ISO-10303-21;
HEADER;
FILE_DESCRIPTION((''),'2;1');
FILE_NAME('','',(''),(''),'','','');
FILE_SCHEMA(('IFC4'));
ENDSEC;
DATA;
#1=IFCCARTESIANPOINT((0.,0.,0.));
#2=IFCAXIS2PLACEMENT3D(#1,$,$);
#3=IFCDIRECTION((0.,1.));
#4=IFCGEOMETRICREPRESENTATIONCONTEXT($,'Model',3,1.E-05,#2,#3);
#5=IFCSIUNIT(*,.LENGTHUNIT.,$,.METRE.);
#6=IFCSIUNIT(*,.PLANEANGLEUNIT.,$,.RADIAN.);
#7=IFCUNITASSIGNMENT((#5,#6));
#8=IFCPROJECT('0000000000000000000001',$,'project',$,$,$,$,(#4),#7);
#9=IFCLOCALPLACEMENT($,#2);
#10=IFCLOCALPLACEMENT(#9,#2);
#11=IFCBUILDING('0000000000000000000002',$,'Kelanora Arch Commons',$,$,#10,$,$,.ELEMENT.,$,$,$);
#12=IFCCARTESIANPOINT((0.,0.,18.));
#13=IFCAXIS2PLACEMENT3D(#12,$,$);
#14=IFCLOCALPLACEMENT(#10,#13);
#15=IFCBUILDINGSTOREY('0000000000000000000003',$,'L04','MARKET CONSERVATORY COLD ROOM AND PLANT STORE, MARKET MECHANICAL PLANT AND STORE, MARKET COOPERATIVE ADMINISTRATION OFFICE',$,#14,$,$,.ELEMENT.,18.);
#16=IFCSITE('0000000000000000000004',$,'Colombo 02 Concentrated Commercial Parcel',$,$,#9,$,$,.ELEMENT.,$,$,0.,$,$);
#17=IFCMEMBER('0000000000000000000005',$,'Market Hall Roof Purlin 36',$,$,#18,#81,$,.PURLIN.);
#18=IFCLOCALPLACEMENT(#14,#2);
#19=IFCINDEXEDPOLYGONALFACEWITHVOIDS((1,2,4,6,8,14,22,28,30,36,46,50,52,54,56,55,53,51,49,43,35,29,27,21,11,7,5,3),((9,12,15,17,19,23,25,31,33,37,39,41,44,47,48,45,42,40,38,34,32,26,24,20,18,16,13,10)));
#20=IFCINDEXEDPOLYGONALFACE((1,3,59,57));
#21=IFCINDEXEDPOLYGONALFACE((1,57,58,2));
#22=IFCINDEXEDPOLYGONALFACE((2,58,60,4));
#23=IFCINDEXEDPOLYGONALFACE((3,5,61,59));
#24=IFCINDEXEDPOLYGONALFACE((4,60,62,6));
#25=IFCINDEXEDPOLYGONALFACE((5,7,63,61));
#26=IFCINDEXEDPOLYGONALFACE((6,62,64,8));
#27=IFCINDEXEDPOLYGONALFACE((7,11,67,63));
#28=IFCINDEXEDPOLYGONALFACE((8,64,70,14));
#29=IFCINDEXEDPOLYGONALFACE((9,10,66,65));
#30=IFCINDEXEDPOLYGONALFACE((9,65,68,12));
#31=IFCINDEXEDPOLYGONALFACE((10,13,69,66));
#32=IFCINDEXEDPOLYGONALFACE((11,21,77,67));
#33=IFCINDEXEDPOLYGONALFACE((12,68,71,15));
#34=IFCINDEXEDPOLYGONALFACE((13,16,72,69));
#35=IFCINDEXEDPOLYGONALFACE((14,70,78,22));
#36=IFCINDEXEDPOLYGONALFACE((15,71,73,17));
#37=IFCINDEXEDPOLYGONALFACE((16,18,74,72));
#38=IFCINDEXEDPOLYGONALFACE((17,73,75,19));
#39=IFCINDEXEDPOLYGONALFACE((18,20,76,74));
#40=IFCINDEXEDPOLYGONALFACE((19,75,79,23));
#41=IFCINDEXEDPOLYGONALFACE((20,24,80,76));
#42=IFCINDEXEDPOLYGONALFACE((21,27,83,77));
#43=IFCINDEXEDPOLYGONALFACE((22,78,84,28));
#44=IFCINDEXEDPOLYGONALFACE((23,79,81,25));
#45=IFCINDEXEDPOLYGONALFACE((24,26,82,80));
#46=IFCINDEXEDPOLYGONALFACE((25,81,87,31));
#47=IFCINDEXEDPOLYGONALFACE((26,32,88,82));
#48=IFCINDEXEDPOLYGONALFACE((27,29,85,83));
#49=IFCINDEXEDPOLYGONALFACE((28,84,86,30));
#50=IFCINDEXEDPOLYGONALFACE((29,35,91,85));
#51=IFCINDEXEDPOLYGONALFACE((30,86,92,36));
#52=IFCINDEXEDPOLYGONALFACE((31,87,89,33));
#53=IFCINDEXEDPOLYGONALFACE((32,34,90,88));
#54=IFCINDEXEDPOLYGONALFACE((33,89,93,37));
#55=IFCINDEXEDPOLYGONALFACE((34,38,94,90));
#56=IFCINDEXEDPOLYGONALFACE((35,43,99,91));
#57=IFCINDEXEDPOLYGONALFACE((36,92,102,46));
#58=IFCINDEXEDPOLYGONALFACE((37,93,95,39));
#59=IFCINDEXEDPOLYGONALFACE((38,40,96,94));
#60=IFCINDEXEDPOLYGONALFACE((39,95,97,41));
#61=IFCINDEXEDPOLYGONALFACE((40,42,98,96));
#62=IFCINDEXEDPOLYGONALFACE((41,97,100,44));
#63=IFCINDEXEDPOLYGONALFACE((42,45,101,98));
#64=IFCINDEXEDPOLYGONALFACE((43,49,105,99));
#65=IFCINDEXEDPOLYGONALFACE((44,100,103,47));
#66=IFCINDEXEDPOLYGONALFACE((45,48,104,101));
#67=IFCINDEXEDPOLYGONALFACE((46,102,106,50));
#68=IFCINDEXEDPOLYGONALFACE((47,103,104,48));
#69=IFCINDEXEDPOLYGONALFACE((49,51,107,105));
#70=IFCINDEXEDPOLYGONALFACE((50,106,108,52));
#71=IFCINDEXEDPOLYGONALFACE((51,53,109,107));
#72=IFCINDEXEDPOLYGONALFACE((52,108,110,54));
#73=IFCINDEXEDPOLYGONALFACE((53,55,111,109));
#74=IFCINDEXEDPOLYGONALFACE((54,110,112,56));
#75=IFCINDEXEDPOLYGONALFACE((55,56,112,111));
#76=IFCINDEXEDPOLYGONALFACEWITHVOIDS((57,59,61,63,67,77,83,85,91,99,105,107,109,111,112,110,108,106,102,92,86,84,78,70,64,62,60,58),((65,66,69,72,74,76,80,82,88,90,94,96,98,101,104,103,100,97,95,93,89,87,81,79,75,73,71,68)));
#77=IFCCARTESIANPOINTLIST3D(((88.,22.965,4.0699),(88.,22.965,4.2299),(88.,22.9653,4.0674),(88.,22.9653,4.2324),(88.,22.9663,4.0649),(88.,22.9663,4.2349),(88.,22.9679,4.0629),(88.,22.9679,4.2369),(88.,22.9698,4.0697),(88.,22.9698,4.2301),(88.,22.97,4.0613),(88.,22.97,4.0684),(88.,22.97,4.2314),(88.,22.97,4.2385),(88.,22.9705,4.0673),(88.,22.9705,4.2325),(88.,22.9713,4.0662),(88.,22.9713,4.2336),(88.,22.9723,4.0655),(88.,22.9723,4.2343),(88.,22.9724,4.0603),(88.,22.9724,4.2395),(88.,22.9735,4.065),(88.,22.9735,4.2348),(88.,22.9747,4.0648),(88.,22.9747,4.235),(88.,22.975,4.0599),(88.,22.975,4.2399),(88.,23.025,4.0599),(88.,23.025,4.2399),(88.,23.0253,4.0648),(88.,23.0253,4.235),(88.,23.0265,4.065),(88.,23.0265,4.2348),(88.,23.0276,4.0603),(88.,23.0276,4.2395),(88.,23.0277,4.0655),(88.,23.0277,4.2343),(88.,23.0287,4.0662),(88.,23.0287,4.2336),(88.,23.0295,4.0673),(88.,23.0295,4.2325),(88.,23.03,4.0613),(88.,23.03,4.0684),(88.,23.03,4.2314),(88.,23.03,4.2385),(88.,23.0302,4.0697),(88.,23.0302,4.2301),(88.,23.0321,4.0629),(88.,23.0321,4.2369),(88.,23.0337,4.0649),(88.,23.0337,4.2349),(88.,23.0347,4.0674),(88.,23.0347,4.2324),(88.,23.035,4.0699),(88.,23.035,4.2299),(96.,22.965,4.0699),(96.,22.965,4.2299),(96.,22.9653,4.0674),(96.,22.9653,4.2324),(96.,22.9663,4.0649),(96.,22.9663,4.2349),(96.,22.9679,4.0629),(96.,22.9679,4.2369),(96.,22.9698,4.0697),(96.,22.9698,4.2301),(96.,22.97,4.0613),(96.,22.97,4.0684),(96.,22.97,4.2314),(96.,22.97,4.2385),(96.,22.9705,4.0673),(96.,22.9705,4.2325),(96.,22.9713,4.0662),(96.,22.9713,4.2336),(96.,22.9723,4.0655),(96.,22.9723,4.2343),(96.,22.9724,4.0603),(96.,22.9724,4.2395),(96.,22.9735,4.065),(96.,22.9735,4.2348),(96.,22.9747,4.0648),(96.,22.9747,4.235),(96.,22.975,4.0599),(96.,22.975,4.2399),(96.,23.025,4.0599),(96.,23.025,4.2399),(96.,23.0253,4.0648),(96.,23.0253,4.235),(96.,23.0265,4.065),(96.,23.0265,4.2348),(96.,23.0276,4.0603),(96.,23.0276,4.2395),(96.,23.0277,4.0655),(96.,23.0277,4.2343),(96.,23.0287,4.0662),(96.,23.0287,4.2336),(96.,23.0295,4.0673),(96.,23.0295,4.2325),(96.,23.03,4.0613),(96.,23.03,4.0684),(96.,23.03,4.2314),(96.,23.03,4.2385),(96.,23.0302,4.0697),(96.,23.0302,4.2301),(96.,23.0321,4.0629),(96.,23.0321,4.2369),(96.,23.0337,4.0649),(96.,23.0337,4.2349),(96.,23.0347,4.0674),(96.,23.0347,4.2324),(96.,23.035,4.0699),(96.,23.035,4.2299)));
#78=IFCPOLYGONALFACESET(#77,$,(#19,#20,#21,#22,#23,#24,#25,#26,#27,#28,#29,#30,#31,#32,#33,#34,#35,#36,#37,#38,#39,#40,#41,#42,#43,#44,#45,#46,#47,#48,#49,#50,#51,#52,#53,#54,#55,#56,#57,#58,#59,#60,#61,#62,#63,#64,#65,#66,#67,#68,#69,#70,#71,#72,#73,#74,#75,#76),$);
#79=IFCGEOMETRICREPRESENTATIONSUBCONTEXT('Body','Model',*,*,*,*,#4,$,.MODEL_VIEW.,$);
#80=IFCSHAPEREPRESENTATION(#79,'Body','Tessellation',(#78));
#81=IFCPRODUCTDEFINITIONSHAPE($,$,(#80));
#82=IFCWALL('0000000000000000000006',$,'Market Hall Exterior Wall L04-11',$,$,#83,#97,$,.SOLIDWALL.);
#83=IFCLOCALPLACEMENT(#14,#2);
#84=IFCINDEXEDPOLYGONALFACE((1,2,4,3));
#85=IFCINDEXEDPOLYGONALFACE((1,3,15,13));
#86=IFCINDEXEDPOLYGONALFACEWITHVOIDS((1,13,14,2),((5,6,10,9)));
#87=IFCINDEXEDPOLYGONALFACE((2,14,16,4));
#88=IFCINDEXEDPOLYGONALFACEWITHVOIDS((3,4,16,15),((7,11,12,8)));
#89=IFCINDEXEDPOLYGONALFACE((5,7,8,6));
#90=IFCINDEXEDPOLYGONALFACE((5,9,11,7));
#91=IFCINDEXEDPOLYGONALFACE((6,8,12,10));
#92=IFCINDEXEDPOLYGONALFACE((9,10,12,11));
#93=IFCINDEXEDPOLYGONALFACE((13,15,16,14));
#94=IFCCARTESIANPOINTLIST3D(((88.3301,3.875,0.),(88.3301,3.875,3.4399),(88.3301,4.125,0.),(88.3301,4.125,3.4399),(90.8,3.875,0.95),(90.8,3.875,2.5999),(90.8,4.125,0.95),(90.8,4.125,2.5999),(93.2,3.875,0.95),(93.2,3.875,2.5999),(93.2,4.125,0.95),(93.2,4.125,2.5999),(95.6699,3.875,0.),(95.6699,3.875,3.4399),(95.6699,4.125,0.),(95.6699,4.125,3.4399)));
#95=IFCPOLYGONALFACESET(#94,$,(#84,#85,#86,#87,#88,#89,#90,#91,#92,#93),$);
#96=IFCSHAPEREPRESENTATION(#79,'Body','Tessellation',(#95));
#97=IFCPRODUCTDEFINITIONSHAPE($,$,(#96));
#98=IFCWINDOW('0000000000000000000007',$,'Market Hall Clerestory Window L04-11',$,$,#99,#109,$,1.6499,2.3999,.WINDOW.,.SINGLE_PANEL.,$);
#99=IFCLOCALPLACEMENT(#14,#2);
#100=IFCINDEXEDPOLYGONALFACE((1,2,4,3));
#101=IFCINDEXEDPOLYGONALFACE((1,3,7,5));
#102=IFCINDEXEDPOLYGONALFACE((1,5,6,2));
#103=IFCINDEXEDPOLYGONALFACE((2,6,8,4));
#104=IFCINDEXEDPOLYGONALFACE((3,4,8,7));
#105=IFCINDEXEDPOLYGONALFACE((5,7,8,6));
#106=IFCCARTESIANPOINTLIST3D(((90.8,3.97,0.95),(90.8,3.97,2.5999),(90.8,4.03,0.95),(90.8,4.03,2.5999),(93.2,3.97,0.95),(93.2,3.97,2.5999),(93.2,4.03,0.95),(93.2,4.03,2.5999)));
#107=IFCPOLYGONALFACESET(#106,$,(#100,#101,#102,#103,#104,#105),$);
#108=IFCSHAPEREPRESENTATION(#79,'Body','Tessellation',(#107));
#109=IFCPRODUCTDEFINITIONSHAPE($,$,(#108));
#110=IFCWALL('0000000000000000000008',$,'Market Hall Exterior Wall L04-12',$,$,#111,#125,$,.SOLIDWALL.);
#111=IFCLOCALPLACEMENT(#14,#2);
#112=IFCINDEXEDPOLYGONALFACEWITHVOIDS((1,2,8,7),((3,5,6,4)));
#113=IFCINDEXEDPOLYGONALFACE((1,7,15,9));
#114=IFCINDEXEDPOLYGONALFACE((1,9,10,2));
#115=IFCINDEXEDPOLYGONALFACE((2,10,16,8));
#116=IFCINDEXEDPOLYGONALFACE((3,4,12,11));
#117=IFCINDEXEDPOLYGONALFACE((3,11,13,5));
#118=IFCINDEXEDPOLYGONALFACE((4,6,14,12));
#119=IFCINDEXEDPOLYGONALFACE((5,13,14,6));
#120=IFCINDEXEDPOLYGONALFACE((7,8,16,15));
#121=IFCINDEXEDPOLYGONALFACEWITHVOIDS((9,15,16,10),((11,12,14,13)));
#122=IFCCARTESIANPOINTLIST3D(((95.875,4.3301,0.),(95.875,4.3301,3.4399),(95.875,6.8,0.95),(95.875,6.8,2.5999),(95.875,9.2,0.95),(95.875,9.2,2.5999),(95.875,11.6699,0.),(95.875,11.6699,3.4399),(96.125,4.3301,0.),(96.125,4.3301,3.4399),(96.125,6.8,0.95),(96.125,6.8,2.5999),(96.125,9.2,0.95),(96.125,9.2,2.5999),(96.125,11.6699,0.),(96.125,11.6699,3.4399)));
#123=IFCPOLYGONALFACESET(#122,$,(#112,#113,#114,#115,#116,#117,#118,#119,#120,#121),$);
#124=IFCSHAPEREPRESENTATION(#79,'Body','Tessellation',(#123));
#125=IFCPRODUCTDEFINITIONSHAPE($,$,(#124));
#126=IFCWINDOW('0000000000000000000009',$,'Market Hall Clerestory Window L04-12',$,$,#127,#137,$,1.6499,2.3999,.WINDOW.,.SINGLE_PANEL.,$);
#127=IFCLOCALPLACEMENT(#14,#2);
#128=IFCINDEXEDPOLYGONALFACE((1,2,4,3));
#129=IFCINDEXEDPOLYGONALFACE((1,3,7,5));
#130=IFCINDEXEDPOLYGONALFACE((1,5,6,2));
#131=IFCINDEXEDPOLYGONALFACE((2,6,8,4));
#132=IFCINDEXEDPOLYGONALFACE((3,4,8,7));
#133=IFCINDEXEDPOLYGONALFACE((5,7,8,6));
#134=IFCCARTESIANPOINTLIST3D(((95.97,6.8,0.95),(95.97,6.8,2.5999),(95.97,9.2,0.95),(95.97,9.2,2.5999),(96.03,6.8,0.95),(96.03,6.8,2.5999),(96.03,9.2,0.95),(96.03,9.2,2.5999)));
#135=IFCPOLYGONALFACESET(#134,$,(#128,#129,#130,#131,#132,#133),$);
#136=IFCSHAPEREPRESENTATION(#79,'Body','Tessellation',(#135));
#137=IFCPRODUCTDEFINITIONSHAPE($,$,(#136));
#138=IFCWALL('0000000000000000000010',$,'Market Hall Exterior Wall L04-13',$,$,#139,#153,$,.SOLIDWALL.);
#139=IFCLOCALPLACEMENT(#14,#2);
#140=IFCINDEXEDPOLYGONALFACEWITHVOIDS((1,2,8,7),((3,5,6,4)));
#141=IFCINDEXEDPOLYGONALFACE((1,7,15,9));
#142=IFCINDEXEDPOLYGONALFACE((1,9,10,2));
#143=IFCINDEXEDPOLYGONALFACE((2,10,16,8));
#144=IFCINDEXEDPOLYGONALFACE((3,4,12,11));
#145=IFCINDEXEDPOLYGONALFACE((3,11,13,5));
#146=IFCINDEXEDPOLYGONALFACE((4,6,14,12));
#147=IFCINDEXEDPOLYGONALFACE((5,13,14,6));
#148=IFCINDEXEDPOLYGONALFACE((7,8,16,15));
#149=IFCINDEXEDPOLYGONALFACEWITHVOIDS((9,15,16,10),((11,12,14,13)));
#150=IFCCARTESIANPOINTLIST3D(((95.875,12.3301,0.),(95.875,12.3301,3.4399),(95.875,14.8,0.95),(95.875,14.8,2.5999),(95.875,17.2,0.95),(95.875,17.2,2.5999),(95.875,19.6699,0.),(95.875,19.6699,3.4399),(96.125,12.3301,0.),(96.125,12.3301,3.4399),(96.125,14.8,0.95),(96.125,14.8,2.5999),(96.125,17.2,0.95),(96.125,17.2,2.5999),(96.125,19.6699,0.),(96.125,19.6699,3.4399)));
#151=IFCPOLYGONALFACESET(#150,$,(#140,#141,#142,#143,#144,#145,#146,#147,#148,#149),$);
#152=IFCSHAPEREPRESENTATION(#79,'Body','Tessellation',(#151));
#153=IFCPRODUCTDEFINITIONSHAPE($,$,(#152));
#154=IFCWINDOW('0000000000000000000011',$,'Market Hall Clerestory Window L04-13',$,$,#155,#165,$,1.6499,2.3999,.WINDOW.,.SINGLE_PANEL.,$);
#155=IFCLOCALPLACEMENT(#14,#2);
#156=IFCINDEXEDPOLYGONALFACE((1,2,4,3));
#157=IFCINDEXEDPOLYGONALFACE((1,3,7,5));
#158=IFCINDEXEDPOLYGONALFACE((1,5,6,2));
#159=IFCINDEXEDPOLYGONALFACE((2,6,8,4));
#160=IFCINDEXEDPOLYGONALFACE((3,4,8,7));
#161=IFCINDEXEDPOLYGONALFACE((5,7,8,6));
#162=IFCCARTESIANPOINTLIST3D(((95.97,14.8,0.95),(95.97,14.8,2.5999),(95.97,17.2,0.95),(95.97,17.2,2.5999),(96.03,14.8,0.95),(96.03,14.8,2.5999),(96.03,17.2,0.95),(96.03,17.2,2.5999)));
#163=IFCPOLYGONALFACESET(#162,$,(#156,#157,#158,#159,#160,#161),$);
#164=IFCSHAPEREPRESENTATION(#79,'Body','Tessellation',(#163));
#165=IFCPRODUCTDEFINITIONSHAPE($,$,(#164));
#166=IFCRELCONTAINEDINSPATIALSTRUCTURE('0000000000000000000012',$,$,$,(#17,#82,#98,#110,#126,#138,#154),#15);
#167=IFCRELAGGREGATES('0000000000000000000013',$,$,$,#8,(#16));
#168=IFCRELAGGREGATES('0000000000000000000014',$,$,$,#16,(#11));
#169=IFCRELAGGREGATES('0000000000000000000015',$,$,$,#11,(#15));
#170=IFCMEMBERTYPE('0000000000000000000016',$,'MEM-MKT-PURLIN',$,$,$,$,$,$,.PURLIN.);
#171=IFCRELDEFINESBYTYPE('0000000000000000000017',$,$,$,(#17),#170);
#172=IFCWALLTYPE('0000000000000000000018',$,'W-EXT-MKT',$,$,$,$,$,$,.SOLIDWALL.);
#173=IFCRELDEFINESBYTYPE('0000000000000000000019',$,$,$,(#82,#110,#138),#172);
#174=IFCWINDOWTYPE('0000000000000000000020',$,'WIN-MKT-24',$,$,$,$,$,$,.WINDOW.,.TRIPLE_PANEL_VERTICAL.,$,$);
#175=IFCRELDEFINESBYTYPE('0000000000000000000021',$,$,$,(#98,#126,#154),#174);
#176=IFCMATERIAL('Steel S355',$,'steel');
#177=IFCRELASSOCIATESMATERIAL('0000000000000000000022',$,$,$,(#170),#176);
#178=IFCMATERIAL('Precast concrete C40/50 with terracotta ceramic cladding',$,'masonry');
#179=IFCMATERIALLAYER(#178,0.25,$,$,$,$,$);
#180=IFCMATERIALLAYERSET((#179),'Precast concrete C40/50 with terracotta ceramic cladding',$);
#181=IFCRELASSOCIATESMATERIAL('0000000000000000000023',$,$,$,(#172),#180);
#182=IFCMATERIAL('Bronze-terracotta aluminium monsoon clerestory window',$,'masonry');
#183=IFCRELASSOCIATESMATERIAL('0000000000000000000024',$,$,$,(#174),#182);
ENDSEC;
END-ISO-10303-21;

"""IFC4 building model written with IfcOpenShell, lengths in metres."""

from ifc_helpers import new_model, si_unit, direction, frame, frame_2d, origin, origin_2d, place, context, subcontext, project, spatial, rectangle, hollow_rectangle, extrude, material, layer, layer_set, material_profile, profile_set, type_object, element, fill, save


model = new_model("IFC4")

# Units and contexts
model_context = context("Model", 3, precision=1e-05, world=origin(), true_north=direction((0.0, 1.0)))
body_context = subcontext(model_context, "Body", "Model", "MODEL_VIEW")
ifc_project = project(units=[si_unit("LENGTHUNIT", "METRE"), si_unit("PLANEANGLEUNIT", "RADIAN")], contexts=[model_context])

# Site, building, storey
site_placement = place(None, origin())
site = spatial("IfcSite", under=ifc_project, at=site_placement, Name="Colombo 02 Concentrated Commercial Parcel", CompositionType="ELEMENT", RefElevation=0.0)
building_placement = place(site_placement, origin())
building = spatial("IfcBuilding", under=site, at=building_placement, Name="Kelanora Arch Commons", CompositionType="ELEMENT")
storey_placement = place(building_placement, frame((0.0, 0.0, 18.0)))
storey = spatial("IfcBuildingStorey", under=building, at=storey_placement, Name="L04", Description="MARKET CONSERVATORY COLD ROOM AND PLANT STORE, MARKET MECHANICAL PLANT AND STORE, MARKET COOPERATIVE ADMINISTRATION OFFICE", CompositionType="ELEMENT", Elevation=18.0)

# Shared definitions
ifc_material_1 = material(Name="Steel S355", Category="steel")

# Member
ifc_material_profile_1 = material_profile(ifc_material_1, hollow_rectangle(XDim=0.0701, YDim=0.1799, WallThickness=0.0049, InnerFilletRadius=0.0049, OuterFilletRadius=0.01, at=origin_2d()), Name="RHS180x70x5")
ifc_profile_set_1 = profile_set([ifc_material_profile_1], Name="Steel S355")
member_type = type_object("IfcMemberType", Name="MEM-MKT-PURLIN", PredefinedType="PURLIN", material=ifc_profile_set_1)
for number, where, z_axis, x_axis, name in (
    (1, (88.0, 23.0, 4.1499), (1.0, 0.0, 0.0), (0.0, 1.0, 0.0), "Market Hall Roof Purlin 36"),
):
    element("IfcMember", number, at=place(storey_placement, frame(where, z_axis=z_axis, x_axis=x_axis)), inside=storey, type_object=member_type, Name=name, PredefinedType="PURLIN", context=body_context, shape_type="SweptSolid", body=[
        extrude(hollow_rectangle(XDim=0.0701, YDim=0.1799, WallThickness=0.0049, InnerFilletRadius=0.0049, OuterFilletRadius=0.01, at=origin_2d()), origin(), (0.0, 0.0, 1.0), 8.0),
    ])

# Walls, openings, windows
ifc_material_2 = material(Name="Precast concrete C40/50 with terracotta ceramic cladding", Category="masonry")
ifc_layer_1 = layer(ifc_material_2, 0.25)
ifc_layer_set_1 = layer_set([ifc_layer_1], Name="Precast concrete C40/50 with terracotta ceramic cladding")
wall_type_1 = type_object("IfcWallType", Name="W-EXT-MKT", PredefinedType="SOLIDWALL", material=ifc_layer_set_1)
wall_1_placement = place(storey_placement, frame((88.3301, 4.0, 0.0), z_axis=(0.0, 0.0, 1.0), x_axis=(1.0, 0.0, 0.0)))
wall_1 = element("IfcWall", 2, at=wall_1_placement, inside=storey, type_object=wall_type_1, Name="Market Hall Exterior Wall L04-11", PredefinedType="SOLIDWALL", context=body_context, shape_type="SweptSolid", body=[
    extrude(rectangle(XDim=7.3398, YDim=0.25, at=frame_2d((3.6699, 0.0))), origin(), (0.0, 0.0, 1.0), 3.4399),
])
opening_1_placement = place(wall_1_placement, frame((2.47, 0.0, 0.95)))
opening_1 = element("IfcOpeningElement", 3, at=opening_1_placement, cuts=wall_1, PredefinedType="OPENING", context=body_context, shape_type="SweptSolid", body=[
    extrude(rectangle(XDim=2.3999, YDim=1.6499, at=frame_2d((1.2, 0.825))), frame((0.0, 0.135, 0.0), z_axis=(0.0, -1.0, 0.0), x_axis=(1.0, 0.0, 0.0)), (0.0, 0.0, 1.0), 0.27),
])
ifc_material_3 = material(Name="Bronze-terracotta aluminium monsoon clerestory window", Category="masonry")
window_type = type_object("IfcWindowType", Name="WIN-MKT-24", PartitioningType="TRIPLE_PANEL_VERTICAL", PredefinedType="WINDOW", material=ifc_material_3)
window_1_placement = place(opening_1_placement, origin())
window_1 = element("IfcWindow", 4, at=window_1_placement, inside=storey, type_object=window_type, Name="Market Hall Clerestory Window L04-11", OverallHeight=1.6499, OverallWidth=2.3999, PartitioningType="SINGLE_PANEL", PredefinedType="WINDOW", context=body_context, shape_type="SweptSolid", body=[
    extrude(rectangle(XDim=2.3999, YDim=1.6499, at=frame_2d((1.2, 0.825))), frame((0.0, 0.03, 0.0), z_axis=(0.0, -1.0, 0.0), x_axis=(1.0, 0.0, 0.0)), (0.0, 0.0, 1.0), 0.0601),
])
fill(opening_1, window_1)
wall_2_placement = place(storey_placement, frame((96.0, 4.3301, 0.0), z_axis=(0.0, 0.0, 1.0), x_axis=(0.0, 1.0, 0.0)))
wall_2 = element("IfcWall", 5, at=wall_2_placement, inside=storey, type_object=wall_type_1, Name="Market Hall Exterior Wall L04-12", PredefinedType="SOLIDWALL", context=body_context, shape_type="SweptSolid", body=[
    extrude(rectangle(XDim=7.3398, YDim=0.25, at=frame_2d((3.6699, 0.0))), origin(), (0.0, 0.0, 1.0), 3.4399),
])
opening_2_placement = place(wall_2_placement, frame((2.47, 0.0, 0.95)))
opening_2 = element("IfcOpeningElement", 6, at=opening_2_placement, cuts=wall_2, PredefinedType="OPENING", context=body_context, shape_type="SweptSolid", body=[
    extrude(rectangle(XDim=2.3999, YDim=1.6499, at=frame_2d((1.2, 0.825))), frame((0.0, 0.135, 0.0), z_axis=(0.0, -1.0, 0.0), x_axis=(1.0, 0.0, 0.0)), (0.0, 0.0, 1.0), 0.27),
])
window_2_placement = place(opening_2_placement, origin())
window_2 = element("IfcWindow", 7, at=window_2_placement, inside=storey, type_object=window_type, Name="Market Hall Clerestory Window L04-12", OverallHeight=1.6499, OverallWidth=2.3999, PartitioningType="SINGLE_PANEL", PredefinedType="WINDOW", context=body_context, shape_type="SweptSolid", body=[
    extrude(rectangle(XDim=2.3999, YDim=1.6499, at=frame_2d((1.2, 0.825))), frame((0.0, 0.03, 0.0), z_axis=(0.0, -1.0, 0.0), x_axis=(1.0, 0.0, 0.0)), (0.0, 0.0, 1.0), 0.0601),
])
fill(opening_2, window_2)
wall_3_placement = place(storey_placement, frame((96.0, 12.3301, 0.0), z_axis=(0.0, 0.0, 1.0), x_axis=(0.0, 1.0, 0.0)))
wall_3 = element("IfcWall", 8, at=wall_3_placement, inside=storey, type_object=wall_type_1, Name="Market Hall Exterior Wall L04-13", PredefinedType="SOLIDWALL", context=body_context, shape_type="SweptSolid", body=[
    extrude(rectangle(XDim=7.3398, YDim=0.25, at=frame_2d((3.6699, 0.0))), origin(), (0.0, 0.0, 1.0), 3.4399),
])
opening_3_placement = place(wall_3_placement, frame((2.47, 0.0, 0.95)))
opening_3 = element("IfcOpeningElement", 9, at=opening_3_placement, cuts=wall_3, PredefinedType="OPENING", context=body_context, shape_type="SweptSolid", body=[
    extrude(rectangle(XDim=2.3999, YDim=1.6499, at=frame_2d((1.2, 0.825))), frame((0.0, 0.135, 0.0), z_axis=(0.0, -1.0, 0.0), x_axis=(1.0, 0.0, 0.0)), (0.0, 0.0, 1.0), 0.27),
])
window_3_placement = place(opening_3_placement, origin())
window_3 = element("IfcWindow", 10, at=window_3_placement, inside=storey, type_object=window_type, Name="Market Hall Clerestory Window L04-13", OverallHeight=1.6499, OverallWidth=2.3999, PartitioningType="SINGLE_PANEL", PredefinedType="WINDOW", context=body_context, shape_type="SweptSolid", body=[
    extrude(rectangle(XDim=2.3999, YDim=1.6499, at=frame_2d((1.2, 0.825))), frame((0.0, 0.03, 0.0), z_axis=(0.0, -1.0, 0.0), x_axis=(1.0, 0.0, 0.0)), (0.0, 0.0, 1.0), 0.0601),
])
fill(opening_3, window_3)

save(model, "model.ifc")
